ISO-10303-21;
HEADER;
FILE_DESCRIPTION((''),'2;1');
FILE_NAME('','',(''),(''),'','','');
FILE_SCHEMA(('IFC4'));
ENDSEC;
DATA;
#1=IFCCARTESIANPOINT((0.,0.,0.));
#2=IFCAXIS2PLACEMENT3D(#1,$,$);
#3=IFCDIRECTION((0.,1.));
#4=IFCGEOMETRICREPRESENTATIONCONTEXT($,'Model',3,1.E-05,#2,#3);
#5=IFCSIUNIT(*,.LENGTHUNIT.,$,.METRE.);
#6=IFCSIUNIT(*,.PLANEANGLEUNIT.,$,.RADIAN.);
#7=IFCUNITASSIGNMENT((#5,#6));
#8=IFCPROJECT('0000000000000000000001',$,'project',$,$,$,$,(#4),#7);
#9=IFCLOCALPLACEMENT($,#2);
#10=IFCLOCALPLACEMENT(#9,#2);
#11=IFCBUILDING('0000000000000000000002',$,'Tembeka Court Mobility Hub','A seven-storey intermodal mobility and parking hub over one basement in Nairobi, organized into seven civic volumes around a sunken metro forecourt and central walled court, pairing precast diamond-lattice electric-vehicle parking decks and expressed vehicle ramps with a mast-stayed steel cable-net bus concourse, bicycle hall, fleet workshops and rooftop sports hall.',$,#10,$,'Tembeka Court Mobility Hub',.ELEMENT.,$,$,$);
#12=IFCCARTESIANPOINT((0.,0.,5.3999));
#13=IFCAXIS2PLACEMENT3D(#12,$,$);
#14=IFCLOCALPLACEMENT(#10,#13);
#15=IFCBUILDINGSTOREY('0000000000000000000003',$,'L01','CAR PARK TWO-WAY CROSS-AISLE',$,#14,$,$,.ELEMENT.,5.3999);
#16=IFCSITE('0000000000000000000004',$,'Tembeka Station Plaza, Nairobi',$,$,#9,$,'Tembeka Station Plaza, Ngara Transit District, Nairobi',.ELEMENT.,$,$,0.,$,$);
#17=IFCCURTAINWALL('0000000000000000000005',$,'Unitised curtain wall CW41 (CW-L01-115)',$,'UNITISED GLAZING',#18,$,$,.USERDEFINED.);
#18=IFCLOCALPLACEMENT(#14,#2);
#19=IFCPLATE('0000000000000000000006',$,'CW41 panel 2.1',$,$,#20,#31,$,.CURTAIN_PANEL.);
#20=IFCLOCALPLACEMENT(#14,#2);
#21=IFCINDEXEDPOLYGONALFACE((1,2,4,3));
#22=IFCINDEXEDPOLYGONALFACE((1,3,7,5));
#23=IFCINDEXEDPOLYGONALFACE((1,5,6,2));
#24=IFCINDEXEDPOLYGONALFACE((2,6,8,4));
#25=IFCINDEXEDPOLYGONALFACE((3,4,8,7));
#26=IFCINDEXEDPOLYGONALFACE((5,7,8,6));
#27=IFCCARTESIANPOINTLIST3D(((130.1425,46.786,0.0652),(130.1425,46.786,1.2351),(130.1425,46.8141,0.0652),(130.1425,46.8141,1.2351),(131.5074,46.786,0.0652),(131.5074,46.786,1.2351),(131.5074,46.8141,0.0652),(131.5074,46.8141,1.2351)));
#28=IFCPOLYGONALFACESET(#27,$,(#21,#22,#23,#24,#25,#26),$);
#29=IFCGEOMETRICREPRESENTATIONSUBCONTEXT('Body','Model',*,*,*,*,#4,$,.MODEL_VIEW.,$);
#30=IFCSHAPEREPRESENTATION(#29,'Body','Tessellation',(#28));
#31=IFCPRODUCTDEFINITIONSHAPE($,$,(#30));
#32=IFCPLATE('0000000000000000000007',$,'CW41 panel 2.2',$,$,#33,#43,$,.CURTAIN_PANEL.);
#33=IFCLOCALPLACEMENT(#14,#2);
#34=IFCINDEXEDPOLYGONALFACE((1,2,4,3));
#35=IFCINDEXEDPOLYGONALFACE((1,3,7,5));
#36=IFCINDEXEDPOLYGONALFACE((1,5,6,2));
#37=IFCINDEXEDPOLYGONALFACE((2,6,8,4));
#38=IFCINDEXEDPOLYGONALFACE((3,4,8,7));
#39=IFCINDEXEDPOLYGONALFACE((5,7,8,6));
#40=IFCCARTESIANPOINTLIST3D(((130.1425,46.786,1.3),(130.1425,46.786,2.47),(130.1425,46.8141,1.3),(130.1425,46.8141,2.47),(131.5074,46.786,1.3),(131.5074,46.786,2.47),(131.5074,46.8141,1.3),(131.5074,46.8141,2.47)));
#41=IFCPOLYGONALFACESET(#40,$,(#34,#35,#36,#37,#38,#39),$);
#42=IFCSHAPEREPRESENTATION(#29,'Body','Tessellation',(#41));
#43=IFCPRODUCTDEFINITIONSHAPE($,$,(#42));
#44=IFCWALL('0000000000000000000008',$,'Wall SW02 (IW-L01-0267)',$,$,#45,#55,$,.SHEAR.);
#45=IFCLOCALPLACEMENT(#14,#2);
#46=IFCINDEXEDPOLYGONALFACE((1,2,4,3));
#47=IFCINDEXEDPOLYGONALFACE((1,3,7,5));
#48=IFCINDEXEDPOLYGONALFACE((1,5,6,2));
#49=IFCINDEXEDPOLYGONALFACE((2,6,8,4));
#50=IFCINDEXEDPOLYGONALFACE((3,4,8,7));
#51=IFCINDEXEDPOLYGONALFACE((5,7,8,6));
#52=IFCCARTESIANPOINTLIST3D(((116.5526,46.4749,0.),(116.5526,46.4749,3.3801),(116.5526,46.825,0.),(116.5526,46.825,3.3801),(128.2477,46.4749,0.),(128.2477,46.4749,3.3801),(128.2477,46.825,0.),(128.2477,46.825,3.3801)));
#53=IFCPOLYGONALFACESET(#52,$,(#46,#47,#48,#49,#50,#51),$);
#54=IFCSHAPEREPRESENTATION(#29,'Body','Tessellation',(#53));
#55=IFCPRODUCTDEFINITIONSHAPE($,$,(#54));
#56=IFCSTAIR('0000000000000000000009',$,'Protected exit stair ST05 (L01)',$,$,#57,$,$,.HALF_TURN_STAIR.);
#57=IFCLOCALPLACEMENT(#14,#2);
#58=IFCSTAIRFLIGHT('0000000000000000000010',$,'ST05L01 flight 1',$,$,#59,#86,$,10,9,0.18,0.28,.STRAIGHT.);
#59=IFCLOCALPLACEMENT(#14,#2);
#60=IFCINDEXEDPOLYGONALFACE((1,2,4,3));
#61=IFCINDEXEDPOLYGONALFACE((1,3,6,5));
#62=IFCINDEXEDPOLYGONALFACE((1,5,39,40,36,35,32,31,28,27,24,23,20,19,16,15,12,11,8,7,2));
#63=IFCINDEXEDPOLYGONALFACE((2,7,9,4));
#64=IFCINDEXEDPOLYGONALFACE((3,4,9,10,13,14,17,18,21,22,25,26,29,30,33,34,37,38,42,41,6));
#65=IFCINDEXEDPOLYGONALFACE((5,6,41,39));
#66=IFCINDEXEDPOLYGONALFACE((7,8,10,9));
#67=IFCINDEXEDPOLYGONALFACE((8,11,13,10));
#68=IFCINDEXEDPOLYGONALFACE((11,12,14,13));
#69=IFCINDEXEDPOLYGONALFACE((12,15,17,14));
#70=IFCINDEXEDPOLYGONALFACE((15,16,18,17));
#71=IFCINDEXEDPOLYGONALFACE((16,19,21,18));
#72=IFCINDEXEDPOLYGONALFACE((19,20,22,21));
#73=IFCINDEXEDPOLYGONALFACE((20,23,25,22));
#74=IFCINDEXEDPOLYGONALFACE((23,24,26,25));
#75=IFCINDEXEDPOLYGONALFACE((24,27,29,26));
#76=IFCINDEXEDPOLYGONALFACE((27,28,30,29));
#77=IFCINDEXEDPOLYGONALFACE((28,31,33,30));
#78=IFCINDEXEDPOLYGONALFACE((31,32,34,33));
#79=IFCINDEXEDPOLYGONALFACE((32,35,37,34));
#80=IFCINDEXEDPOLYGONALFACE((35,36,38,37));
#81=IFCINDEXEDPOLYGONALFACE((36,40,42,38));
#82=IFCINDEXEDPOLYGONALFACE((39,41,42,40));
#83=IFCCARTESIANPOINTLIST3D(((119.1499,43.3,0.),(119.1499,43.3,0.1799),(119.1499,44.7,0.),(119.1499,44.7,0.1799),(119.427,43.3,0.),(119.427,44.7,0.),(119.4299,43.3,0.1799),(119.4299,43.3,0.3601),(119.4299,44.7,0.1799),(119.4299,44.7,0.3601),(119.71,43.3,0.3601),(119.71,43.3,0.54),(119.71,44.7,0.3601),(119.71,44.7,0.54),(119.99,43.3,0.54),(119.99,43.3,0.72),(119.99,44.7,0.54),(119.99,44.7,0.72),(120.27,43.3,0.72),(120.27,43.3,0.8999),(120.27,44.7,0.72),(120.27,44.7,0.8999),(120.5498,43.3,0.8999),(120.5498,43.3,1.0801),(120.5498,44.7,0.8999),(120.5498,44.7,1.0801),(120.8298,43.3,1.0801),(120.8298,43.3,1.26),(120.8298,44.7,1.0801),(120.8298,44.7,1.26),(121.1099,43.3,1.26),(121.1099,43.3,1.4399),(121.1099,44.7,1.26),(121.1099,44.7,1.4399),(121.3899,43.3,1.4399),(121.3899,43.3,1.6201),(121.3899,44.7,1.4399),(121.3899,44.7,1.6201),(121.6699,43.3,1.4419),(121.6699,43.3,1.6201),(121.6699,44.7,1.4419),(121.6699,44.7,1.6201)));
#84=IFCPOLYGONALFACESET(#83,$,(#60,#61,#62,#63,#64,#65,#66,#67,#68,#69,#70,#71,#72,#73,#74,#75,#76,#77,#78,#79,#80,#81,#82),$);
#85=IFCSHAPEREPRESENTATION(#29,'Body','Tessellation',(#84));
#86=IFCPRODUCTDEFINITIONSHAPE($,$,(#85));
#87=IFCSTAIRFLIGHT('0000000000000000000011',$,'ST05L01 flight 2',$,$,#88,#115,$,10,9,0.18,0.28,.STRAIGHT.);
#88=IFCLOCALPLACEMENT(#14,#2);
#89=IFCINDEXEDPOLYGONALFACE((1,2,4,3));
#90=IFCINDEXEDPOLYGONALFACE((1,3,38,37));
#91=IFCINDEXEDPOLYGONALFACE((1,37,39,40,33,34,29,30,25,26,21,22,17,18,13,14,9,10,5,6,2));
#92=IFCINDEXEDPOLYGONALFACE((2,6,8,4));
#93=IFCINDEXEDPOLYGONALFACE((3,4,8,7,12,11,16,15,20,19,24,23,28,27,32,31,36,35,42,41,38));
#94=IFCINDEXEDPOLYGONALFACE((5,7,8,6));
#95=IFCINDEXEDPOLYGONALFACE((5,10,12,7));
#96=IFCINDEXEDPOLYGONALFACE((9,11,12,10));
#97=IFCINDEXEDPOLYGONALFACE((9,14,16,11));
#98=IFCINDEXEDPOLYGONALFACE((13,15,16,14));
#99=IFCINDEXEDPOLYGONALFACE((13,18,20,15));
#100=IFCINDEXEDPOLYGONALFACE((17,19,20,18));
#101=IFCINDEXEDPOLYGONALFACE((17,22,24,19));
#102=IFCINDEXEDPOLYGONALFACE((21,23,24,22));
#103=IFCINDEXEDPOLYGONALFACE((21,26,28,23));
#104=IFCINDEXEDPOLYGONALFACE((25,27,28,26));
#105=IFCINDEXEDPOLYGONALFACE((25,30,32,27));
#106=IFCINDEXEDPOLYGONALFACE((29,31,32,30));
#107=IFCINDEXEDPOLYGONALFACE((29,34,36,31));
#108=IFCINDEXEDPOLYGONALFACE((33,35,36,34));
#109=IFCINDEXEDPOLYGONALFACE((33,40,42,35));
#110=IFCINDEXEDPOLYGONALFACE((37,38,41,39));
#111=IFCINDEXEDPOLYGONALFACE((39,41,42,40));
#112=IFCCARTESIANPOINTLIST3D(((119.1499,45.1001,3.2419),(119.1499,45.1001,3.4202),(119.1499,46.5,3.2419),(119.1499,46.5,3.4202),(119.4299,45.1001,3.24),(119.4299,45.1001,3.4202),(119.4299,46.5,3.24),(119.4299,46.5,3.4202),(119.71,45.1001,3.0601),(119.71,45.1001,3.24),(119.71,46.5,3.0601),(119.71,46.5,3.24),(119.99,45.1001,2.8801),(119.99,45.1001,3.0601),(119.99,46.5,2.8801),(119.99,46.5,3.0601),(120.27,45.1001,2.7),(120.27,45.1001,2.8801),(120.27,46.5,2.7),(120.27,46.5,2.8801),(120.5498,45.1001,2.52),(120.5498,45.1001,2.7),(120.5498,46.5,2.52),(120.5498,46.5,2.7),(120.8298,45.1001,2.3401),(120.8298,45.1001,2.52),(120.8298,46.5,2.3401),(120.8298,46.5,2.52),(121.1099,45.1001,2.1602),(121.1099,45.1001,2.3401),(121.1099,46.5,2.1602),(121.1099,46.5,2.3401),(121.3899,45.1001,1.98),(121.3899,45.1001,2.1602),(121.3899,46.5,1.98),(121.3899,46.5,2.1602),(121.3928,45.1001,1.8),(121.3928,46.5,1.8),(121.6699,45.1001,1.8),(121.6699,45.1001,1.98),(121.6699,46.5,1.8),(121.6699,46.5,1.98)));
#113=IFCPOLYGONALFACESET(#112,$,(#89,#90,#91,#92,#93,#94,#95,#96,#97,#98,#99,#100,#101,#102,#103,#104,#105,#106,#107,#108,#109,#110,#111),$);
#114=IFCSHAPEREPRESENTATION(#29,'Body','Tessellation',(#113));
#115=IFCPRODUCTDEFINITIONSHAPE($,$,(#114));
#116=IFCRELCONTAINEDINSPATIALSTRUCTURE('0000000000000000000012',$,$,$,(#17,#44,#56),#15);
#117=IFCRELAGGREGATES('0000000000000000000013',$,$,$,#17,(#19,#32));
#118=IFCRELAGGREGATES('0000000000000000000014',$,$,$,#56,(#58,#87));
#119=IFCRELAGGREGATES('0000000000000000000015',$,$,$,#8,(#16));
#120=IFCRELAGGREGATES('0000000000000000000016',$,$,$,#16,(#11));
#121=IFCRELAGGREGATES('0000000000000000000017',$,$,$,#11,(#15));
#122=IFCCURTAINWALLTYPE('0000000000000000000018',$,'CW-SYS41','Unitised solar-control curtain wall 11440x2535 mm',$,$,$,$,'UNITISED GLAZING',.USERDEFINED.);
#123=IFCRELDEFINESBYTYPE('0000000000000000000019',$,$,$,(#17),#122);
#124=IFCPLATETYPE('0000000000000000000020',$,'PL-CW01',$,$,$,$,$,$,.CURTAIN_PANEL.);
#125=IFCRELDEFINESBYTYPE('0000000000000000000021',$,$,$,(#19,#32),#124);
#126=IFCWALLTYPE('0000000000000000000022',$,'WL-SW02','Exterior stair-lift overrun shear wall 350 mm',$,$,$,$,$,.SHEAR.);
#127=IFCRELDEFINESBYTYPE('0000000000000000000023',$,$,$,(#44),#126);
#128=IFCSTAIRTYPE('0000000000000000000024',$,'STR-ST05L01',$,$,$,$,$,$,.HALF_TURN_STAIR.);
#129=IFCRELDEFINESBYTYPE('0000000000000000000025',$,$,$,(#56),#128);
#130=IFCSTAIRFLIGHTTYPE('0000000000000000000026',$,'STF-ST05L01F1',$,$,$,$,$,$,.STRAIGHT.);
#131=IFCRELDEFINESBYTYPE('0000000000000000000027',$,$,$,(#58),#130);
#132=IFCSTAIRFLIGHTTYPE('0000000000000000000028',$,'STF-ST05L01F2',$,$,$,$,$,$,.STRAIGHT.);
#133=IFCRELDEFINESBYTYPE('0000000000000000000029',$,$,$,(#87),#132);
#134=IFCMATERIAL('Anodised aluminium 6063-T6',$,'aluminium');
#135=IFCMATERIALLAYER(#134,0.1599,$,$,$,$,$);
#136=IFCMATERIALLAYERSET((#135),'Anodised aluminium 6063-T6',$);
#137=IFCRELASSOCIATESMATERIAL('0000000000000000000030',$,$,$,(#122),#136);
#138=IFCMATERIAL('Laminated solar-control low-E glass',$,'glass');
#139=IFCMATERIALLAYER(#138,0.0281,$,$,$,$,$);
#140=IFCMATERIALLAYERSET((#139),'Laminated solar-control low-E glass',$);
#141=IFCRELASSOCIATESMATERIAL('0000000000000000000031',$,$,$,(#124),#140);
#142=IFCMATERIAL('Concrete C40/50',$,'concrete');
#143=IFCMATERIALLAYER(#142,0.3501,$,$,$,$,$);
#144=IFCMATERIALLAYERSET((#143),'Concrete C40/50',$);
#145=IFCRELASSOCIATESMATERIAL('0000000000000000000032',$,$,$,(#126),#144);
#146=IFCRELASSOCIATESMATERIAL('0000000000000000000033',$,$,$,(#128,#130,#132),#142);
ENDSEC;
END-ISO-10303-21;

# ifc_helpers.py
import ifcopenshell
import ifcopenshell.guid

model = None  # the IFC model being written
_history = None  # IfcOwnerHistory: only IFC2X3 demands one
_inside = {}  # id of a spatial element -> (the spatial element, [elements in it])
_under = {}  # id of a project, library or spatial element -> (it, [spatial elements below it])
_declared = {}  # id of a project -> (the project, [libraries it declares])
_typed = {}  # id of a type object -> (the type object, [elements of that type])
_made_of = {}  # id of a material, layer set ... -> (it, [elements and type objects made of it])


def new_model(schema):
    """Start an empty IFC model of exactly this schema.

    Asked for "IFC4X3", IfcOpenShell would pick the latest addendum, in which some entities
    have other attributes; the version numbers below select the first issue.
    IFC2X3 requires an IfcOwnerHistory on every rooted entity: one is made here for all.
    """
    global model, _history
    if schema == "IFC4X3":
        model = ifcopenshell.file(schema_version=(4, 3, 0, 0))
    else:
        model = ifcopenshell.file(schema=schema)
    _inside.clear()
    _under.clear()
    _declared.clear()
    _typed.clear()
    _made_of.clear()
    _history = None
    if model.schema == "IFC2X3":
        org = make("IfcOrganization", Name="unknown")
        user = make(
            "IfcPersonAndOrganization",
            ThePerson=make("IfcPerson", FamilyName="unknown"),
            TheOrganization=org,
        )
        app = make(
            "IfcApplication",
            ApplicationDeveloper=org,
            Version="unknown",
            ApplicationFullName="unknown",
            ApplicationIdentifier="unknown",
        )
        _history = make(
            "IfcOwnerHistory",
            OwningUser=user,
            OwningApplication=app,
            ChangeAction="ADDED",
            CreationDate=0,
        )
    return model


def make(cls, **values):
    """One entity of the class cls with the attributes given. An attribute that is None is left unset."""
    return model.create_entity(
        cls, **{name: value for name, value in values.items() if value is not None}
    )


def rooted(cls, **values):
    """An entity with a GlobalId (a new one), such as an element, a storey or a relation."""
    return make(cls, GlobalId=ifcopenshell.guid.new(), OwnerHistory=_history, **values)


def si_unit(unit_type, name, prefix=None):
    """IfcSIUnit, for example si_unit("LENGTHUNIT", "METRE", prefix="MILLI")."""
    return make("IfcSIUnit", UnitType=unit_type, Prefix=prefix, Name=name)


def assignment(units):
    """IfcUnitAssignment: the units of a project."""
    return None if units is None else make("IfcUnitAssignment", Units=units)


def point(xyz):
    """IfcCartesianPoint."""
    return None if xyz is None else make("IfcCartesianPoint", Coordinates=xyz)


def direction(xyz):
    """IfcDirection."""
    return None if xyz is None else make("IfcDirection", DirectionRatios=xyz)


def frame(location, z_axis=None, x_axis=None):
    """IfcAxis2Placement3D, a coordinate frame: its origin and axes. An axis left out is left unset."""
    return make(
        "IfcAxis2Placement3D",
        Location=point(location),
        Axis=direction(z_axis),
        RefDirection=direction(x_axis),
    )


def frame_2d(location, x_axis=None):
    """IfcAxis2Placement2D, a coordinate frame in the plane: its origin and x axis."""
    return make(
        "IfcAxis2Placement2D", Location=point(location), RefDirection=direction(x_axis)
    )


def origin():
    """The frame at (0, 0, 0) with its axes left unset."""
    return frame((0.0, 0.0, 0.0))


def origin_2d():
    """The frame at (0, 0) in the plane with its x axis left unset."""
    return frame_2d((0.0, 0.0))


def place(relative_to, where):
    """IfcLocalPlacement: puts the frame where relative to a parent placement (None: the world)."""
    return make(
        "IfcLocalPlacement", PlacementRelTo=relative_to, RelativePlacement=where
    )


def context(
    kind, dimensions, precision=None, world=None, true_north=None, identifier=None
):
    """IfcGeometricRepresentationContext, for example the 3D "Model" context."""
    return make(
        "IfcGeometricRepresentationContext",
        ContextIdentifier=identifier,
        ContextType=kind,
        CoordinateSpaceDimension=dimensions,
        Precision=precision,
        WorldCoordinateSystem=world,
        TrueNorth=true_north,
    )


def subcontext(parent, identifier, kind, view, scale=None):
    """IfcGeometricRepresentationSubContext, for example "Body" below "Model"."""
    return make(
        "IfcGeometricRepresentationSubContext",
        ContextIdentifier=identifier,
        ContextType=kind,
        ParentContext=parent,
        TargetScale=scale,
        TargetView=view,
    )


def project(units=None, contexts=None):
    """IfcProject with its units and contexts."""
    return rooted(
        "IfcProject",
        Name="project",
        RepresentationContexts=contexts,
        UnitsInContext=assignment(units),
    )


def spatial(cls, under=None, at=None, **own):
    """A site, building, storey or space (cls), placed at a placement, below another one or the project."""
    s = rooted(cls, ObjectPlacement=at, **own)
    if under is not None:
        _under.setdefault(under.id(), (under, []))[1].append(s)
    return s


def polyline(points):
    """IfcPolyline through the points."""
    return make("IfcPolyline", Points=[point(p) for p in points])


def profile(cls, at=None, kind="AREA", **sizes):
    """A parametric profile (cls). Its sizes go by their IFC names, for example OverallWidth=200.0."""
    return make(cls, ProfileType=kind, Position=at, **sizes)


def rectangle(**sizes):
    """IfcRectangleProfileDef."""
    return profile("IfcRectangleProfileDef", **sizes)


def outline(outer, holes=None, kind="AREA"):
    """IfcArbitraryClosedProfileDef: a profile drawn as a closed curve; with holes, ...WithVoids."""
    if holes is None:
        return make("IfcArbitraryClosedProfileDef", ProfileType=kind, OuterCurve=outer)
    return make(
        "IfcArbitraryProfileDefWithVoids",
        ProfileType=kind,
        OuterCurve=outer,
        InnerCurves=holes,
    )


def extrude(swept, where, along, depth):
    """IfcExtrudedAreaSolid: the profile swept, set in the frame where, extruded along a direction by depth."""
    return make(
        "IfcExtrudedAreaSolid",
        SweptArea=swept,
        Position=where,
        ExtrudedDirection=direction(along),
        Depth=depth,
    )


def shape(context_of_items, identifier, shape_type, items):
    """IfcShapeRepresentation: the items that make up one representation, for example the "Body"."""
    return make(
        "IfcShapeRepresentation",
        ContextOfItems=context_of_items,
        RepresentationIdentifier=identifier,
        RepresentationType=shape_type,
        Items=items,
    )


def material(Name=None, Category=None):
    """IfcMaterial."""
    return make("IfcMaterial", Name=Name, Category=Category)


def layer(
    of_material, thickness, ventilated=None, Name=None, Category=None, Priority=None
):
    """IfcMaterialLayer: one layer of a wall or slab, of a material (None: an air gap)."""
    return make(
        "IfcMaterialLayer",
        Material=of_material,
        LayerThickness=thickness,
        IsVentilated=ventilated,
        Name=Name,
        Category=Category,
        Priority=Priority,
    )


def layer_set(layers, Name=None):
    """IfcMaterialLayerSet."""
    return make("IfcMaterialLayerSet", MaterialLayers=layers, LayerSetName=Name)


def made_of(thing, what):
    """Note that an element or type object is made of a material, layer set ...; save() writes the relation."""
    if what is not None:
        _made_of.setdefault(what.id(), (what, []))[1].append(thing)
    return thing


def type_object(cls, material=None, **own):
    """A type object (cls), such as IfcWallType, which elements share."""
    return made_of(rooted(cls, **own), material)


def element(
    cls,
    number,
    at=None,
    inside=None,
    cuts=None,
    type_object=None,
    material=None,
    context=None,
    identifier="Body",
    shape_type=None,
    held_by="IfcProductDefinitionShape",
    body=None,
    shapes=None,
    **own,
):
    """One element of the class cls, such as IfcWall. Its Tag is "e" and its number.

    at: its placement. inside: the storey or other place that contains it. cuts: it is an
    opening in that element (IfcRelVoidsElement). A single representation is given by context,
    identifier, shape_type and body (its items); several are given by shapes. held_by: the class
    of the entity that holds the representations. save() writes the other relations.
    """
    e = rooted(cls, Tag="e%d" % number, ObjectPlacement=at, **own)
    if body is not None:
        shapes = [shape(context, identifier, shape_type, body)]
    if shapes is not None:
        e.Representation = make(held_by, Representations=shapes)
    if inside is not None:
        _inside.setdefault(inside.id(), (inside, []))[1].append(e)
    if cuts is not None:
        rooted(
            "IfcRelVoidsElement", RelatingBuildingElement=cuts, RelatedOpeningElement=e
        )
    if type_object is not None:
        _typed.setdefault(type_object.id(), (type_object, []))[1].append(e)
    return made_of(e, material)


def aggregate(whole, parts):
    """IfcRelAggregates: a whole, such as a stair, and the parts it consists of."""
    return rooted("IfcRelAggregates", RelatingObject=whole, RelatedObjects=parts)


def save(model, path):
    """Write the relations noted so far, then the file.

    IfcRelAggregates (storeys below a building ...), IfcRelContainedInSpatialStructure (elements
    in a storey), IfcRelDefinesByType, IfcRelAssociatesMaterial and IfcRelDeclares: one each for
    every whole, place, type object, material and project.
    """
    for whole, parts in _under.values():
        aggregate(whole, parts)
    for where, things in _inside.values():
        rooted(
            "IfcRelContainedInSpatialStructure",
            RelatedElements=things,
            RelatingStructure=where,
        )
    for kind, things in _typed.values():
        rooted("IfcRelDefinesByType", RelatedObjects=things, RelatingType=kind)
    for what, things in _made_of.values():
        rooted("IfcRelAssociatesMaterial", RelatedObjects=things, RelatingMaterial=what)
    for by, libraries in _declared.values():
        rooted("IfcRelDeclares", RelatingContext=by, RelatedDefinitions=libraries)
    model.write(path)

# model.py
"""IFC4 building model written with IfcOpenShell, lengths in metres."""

from ifc_helpers import new_model, si_unit, direction, frame, frame_2d, origin, origin_2d, place, context, subcontext, project, spatial, polyline, rectangle, outline, extrude, material, layer, layer_set, type_object, element, aggregate, save


model = new_model("IFC4")

# Units and contexts
model_context = context("Model", 3, precision=1e-05, world=origin(), true_north=direction((0.0, 1.0)))
body_context = subcontext(model_context, "Body", "Model", "MODEL_VIEW")
ifc_project = project(units=[si_unit("LENGTHUNIT", "METRE"), si_unit("PLANEANGLEUNIT", "RADIAN")], contexts=[model_context])

# Site, building, storey
site_placement = place(None, origin())
site = spatial("IfcSite", under=ifc_project, at=site_placement, Name="Tembeka Station Plaza, Nairobi", LongName="Tembeka Station Plaza, Ngara Transit District, Nairobi", CompositionType="ELEMENT", RefElevation=0.0)
building_placement = place(site_placement, origin())
building = spatial("IfcBuilding", under=site, at=building_placement, Name="Tembeka Court Mobility Hub", Description="A seven-storey intermodal mobility and parking hub over one basement in Nairobi, organized into seven civic volumes around a sunken metro forecourt and central walled court, pairing precast diamond-lattice electric-vehicle parking decks and expressed vehicle ramps with a mast-stayed steel cable-net bus concourse, bicycle hall, fleet workshops and rooftop sports hall.", LongName="Tembeka Court Mobility Hub", CompositionType="ELEMENT")
storey_placement = place(building_placement, frame((0.0, 0.0, 5.3999)))
storey = spatial("IfcBuildingStorey", under=building, at=storey_placement, Name="L01", Description="CAR PARK TWO-WAY CROSS-AISLE", CompositionType="ELEMENT", Elevation=5.3999)

# Curtain wall, plates
ifc_material_1 = material(Name="Anodised aluminium 6063-T6", Category="aluminium")
ifc_layer_1 = layer(ifc_material_1, 0.1599)
ifc_layer_set_1 = layer_set([ifc_layer_1], Name="Anodised aluminium 6063-T6")
curtain_wall_type = type_object("IfcCurtainWallType", Name="CW-SYS41", Description="Unitised solar-control curtain wall 11440x2535 mm", ElementType="UNITISED GLAZING", PredefinedType="USERDEFINED", material=ifc_layer_set_1)
curtain_wall_placement = place(storey_placement, origin())
curtain_wall = element("IfcCurtainWall", 1, at=curtain_wall_placement, inside=storey, type_object=curtain_wall_type, Name="Unitised curtain wall CW41 (CW-L01-115)", ObjectType="UNITISED GLAZING", PredefinedType="USERDEFINED")
ifc_material_2 = material(Name="Laminated solar-control low-E glass", Category="glass")
ifc_layer_2 = layer(ifc_material_2, 0.0281)
ifc_layer_set_2 = layer_set([ifc_layer_2], Name="Laminated solar-control low-E glass")
plate_type = type_object("IfcPlateType", Name="PL-CW01", PredefinedType="CURTAIN_PANEL", material=ifc_layer_set_2)
plate_1_placement = place(storey_placement, frame((130.825, 46.8, 0.0652), z_axis=(0.0, 0.0, 1.0), x_axis=(1.0, 0.0, 0.0)))
plate_1 = element("IfcPlate", 2, at=plate_1_placement, type_object=plate_type, Name="CW41 panel 2.1", PredefinedType="CURTAIN_PANEL", context=body_context, shape_type="SweptSolid", body=[
    extrude(rectangle(XDim=1.365, YDim=0.0281, at=origin_2d()), origin(), (0.0, 0.0, 1.0), 1.1699),
])
plate_2_placement = place(storey_placement, frame((130.825, 46.8, 1.3), z_axis=(0.0, 0.0, 1.0), x_axis=(1.0, 0.0, 0.0)))
plate_2 = element("IfcPlate", 3, at=plate_2_placement, type_object=plate_type, Name="CW41 panel 2.2", PredefinedType="CURTAIN_PANEL", context=body_context, shape_type="SweptSolid", body=[
    extrude(rectangle(XDim=1.365, YDim=0.0281, at=origin_2d()), origin(), (0.0, 0.0, 1.0), 1.1699),
])
aggregate(curtain_wall, [plate_1, plate_2])

# Wall
ifc_material_3 = material(Name="Concrete C40/50", Category="concrete")
ifc_layer_3 = layer(ifc_material_3, 0.3501)
ifc_layer_set_3 = layer_set([ifc_layer_3], Name="Concrete C40/50")
wall_type = type_object("IfcWallType", Name="WL-SW02", Description="Exterior stair-lift overrun shear wall 350 mm", PredefinedType="SHEAR", material=ifc_layer_set_3)
wall_placement = place(storey_placement, frame((116.5525, 46.6499, 0.0), z_axis=(0.0, 0.0, 1.0), x_axis=(1.0, 0.0, 0.0)))
element("IfcWall", 4, at=wall_placement, inside=storey, type_object=wall_type, Name="Wall SW02 (IW-L01-0267)", PredefinedType="SHEAR", context=body_context, shape_type="SweptSolid", body=[
    extrude(rectangle(XDim=11.6951, YDim=0.3501, at=frame_2d((5.8477, 0.0))), origin(), (0.0, 0.0, 1.0), 3.3801),
])

# Stair, stair flights
stair_type = type_object("IfcStairType", Name="STR-ST05L01", PredefinedType="HALF_TURN_STAIR", material=ifc_material_3)
stair_placement = place(storey_placement, origin())
stair = element("IfcStair", 5, at=stair_placement, inside=storey, type_object=stair_type, Name="Protected exit stair ST05 (L01)", PredefinedType="HALF_TURN_STAIR")
stair_flight_type_1 = type_object("IfcStairFlightType", Name="STF-ST05L01F1", PredefinedType="STRAIGHT", material=ifc_material_3)
stair_flight_1_placement = place(storey_placement, frame((119.1499, 44.0, 0.0), z_axis=(0.0, 0.0, 1.0), x_axis=(1.0, 0.0, 0.0)))
stair_flight_1 = element("IfcStairFlight", 6, at=stair_flight_1_placement, type_object=stair_flight_type_1, Name="ST05L01 flight 1", NumberOfRisers=10, NumberOfTreads=9, PredefinedType="STRAIGHT", RiserHeight=0.18, TreadLength=0.28, context=body_context, shape_type="SweptSolid", body=[
    extrude(outline(polyline([(0.0, 0.0), (0.0, 0.1799), (0.28, 0.1799), (0.28, 0.3601), (0.5601, 0.3601), (0.5601, 0.54), (0.8401, 0.54), (0.8401, 0.72), (1.1201, 0.72), (1.1201, 0.8999), (1.3999, 0.8999), (1.3999, 1.0801), (1.6799, 1.0801), (1.6799, 1.26), (1.96, 1.26), (1.96, 1.4399), (2.24, 1.4399), (2.24, 1.6201), (2.52, 1.6201), (2.52, 1.8), (2.52, 1.4419), (0.2771, 0.0), (0.0, 0.0)])), frame((0.0, 0.7, 0.0), z_axis=(0.0, -1.0, 0.0), x_axis=(1.0, 0.0, 0.0)), (0.0, 0.0, 1.0), 1.3999),
])
stair_flight_type_2 = type_object("IfcStairFlightType", Name="STF-ST05L01F2", PredefinedType="STRAIGHT", material=ifc_material_3)
stair_flight_2_placement = place(storey_placement, frame((121.6699, 45.8, 1.8), z_axis=(0.0, 0.0, 1.0), x_axis=(-1.0, 0.0, 0.0)))
stair_flight_2 = element("IfcStairFlight", 7, at=stair_flight_2_placement, type_object=stair_flight_type_2, Name="ST05L01 flight 2", NumberOfRisers=10, NumberOfTreads=9, PredefinedType="STRAIGHT", RiserHeight=0.18, TreadLength=0.28, context=body_context, shape_type="SweptSolid", body=[
    extrude(outline(polyline([(0.0, 0.0), (0.0, 0.1799), (0.28, 0.1799), (0.28, 0.3601), (0.5601, 0.3601), (0.5601, 0.54), (0.8401, 0.54), (0.8401, 0.72), (1.1201, 0.72), (1.1201, 0.8999), (1.3999, 0.8999), (1.3999, 1.0801), (1.6799, 1.0801), (1.6799, 1.26), (1.96, 1.26), (1.96, 1.4399), (2.24, 1.4399), (2.24, 1.6201), (2.52, 1.6201), (2.52, 1.8), (2.52, 1.4419), (0.2771, 0.0), (0.0, 0.0)])), frame((0.0, 0.7, 0.0), z_axis=(0.0, -1.0, 0.0), x_axis=(1.0, 0.0, 0.0)), (0.0, 0.0, 1.0), 1.3999),
])
aggregate(stair, [stair_flight_1, stair_flight_2])

save(model, "model.ifc")
